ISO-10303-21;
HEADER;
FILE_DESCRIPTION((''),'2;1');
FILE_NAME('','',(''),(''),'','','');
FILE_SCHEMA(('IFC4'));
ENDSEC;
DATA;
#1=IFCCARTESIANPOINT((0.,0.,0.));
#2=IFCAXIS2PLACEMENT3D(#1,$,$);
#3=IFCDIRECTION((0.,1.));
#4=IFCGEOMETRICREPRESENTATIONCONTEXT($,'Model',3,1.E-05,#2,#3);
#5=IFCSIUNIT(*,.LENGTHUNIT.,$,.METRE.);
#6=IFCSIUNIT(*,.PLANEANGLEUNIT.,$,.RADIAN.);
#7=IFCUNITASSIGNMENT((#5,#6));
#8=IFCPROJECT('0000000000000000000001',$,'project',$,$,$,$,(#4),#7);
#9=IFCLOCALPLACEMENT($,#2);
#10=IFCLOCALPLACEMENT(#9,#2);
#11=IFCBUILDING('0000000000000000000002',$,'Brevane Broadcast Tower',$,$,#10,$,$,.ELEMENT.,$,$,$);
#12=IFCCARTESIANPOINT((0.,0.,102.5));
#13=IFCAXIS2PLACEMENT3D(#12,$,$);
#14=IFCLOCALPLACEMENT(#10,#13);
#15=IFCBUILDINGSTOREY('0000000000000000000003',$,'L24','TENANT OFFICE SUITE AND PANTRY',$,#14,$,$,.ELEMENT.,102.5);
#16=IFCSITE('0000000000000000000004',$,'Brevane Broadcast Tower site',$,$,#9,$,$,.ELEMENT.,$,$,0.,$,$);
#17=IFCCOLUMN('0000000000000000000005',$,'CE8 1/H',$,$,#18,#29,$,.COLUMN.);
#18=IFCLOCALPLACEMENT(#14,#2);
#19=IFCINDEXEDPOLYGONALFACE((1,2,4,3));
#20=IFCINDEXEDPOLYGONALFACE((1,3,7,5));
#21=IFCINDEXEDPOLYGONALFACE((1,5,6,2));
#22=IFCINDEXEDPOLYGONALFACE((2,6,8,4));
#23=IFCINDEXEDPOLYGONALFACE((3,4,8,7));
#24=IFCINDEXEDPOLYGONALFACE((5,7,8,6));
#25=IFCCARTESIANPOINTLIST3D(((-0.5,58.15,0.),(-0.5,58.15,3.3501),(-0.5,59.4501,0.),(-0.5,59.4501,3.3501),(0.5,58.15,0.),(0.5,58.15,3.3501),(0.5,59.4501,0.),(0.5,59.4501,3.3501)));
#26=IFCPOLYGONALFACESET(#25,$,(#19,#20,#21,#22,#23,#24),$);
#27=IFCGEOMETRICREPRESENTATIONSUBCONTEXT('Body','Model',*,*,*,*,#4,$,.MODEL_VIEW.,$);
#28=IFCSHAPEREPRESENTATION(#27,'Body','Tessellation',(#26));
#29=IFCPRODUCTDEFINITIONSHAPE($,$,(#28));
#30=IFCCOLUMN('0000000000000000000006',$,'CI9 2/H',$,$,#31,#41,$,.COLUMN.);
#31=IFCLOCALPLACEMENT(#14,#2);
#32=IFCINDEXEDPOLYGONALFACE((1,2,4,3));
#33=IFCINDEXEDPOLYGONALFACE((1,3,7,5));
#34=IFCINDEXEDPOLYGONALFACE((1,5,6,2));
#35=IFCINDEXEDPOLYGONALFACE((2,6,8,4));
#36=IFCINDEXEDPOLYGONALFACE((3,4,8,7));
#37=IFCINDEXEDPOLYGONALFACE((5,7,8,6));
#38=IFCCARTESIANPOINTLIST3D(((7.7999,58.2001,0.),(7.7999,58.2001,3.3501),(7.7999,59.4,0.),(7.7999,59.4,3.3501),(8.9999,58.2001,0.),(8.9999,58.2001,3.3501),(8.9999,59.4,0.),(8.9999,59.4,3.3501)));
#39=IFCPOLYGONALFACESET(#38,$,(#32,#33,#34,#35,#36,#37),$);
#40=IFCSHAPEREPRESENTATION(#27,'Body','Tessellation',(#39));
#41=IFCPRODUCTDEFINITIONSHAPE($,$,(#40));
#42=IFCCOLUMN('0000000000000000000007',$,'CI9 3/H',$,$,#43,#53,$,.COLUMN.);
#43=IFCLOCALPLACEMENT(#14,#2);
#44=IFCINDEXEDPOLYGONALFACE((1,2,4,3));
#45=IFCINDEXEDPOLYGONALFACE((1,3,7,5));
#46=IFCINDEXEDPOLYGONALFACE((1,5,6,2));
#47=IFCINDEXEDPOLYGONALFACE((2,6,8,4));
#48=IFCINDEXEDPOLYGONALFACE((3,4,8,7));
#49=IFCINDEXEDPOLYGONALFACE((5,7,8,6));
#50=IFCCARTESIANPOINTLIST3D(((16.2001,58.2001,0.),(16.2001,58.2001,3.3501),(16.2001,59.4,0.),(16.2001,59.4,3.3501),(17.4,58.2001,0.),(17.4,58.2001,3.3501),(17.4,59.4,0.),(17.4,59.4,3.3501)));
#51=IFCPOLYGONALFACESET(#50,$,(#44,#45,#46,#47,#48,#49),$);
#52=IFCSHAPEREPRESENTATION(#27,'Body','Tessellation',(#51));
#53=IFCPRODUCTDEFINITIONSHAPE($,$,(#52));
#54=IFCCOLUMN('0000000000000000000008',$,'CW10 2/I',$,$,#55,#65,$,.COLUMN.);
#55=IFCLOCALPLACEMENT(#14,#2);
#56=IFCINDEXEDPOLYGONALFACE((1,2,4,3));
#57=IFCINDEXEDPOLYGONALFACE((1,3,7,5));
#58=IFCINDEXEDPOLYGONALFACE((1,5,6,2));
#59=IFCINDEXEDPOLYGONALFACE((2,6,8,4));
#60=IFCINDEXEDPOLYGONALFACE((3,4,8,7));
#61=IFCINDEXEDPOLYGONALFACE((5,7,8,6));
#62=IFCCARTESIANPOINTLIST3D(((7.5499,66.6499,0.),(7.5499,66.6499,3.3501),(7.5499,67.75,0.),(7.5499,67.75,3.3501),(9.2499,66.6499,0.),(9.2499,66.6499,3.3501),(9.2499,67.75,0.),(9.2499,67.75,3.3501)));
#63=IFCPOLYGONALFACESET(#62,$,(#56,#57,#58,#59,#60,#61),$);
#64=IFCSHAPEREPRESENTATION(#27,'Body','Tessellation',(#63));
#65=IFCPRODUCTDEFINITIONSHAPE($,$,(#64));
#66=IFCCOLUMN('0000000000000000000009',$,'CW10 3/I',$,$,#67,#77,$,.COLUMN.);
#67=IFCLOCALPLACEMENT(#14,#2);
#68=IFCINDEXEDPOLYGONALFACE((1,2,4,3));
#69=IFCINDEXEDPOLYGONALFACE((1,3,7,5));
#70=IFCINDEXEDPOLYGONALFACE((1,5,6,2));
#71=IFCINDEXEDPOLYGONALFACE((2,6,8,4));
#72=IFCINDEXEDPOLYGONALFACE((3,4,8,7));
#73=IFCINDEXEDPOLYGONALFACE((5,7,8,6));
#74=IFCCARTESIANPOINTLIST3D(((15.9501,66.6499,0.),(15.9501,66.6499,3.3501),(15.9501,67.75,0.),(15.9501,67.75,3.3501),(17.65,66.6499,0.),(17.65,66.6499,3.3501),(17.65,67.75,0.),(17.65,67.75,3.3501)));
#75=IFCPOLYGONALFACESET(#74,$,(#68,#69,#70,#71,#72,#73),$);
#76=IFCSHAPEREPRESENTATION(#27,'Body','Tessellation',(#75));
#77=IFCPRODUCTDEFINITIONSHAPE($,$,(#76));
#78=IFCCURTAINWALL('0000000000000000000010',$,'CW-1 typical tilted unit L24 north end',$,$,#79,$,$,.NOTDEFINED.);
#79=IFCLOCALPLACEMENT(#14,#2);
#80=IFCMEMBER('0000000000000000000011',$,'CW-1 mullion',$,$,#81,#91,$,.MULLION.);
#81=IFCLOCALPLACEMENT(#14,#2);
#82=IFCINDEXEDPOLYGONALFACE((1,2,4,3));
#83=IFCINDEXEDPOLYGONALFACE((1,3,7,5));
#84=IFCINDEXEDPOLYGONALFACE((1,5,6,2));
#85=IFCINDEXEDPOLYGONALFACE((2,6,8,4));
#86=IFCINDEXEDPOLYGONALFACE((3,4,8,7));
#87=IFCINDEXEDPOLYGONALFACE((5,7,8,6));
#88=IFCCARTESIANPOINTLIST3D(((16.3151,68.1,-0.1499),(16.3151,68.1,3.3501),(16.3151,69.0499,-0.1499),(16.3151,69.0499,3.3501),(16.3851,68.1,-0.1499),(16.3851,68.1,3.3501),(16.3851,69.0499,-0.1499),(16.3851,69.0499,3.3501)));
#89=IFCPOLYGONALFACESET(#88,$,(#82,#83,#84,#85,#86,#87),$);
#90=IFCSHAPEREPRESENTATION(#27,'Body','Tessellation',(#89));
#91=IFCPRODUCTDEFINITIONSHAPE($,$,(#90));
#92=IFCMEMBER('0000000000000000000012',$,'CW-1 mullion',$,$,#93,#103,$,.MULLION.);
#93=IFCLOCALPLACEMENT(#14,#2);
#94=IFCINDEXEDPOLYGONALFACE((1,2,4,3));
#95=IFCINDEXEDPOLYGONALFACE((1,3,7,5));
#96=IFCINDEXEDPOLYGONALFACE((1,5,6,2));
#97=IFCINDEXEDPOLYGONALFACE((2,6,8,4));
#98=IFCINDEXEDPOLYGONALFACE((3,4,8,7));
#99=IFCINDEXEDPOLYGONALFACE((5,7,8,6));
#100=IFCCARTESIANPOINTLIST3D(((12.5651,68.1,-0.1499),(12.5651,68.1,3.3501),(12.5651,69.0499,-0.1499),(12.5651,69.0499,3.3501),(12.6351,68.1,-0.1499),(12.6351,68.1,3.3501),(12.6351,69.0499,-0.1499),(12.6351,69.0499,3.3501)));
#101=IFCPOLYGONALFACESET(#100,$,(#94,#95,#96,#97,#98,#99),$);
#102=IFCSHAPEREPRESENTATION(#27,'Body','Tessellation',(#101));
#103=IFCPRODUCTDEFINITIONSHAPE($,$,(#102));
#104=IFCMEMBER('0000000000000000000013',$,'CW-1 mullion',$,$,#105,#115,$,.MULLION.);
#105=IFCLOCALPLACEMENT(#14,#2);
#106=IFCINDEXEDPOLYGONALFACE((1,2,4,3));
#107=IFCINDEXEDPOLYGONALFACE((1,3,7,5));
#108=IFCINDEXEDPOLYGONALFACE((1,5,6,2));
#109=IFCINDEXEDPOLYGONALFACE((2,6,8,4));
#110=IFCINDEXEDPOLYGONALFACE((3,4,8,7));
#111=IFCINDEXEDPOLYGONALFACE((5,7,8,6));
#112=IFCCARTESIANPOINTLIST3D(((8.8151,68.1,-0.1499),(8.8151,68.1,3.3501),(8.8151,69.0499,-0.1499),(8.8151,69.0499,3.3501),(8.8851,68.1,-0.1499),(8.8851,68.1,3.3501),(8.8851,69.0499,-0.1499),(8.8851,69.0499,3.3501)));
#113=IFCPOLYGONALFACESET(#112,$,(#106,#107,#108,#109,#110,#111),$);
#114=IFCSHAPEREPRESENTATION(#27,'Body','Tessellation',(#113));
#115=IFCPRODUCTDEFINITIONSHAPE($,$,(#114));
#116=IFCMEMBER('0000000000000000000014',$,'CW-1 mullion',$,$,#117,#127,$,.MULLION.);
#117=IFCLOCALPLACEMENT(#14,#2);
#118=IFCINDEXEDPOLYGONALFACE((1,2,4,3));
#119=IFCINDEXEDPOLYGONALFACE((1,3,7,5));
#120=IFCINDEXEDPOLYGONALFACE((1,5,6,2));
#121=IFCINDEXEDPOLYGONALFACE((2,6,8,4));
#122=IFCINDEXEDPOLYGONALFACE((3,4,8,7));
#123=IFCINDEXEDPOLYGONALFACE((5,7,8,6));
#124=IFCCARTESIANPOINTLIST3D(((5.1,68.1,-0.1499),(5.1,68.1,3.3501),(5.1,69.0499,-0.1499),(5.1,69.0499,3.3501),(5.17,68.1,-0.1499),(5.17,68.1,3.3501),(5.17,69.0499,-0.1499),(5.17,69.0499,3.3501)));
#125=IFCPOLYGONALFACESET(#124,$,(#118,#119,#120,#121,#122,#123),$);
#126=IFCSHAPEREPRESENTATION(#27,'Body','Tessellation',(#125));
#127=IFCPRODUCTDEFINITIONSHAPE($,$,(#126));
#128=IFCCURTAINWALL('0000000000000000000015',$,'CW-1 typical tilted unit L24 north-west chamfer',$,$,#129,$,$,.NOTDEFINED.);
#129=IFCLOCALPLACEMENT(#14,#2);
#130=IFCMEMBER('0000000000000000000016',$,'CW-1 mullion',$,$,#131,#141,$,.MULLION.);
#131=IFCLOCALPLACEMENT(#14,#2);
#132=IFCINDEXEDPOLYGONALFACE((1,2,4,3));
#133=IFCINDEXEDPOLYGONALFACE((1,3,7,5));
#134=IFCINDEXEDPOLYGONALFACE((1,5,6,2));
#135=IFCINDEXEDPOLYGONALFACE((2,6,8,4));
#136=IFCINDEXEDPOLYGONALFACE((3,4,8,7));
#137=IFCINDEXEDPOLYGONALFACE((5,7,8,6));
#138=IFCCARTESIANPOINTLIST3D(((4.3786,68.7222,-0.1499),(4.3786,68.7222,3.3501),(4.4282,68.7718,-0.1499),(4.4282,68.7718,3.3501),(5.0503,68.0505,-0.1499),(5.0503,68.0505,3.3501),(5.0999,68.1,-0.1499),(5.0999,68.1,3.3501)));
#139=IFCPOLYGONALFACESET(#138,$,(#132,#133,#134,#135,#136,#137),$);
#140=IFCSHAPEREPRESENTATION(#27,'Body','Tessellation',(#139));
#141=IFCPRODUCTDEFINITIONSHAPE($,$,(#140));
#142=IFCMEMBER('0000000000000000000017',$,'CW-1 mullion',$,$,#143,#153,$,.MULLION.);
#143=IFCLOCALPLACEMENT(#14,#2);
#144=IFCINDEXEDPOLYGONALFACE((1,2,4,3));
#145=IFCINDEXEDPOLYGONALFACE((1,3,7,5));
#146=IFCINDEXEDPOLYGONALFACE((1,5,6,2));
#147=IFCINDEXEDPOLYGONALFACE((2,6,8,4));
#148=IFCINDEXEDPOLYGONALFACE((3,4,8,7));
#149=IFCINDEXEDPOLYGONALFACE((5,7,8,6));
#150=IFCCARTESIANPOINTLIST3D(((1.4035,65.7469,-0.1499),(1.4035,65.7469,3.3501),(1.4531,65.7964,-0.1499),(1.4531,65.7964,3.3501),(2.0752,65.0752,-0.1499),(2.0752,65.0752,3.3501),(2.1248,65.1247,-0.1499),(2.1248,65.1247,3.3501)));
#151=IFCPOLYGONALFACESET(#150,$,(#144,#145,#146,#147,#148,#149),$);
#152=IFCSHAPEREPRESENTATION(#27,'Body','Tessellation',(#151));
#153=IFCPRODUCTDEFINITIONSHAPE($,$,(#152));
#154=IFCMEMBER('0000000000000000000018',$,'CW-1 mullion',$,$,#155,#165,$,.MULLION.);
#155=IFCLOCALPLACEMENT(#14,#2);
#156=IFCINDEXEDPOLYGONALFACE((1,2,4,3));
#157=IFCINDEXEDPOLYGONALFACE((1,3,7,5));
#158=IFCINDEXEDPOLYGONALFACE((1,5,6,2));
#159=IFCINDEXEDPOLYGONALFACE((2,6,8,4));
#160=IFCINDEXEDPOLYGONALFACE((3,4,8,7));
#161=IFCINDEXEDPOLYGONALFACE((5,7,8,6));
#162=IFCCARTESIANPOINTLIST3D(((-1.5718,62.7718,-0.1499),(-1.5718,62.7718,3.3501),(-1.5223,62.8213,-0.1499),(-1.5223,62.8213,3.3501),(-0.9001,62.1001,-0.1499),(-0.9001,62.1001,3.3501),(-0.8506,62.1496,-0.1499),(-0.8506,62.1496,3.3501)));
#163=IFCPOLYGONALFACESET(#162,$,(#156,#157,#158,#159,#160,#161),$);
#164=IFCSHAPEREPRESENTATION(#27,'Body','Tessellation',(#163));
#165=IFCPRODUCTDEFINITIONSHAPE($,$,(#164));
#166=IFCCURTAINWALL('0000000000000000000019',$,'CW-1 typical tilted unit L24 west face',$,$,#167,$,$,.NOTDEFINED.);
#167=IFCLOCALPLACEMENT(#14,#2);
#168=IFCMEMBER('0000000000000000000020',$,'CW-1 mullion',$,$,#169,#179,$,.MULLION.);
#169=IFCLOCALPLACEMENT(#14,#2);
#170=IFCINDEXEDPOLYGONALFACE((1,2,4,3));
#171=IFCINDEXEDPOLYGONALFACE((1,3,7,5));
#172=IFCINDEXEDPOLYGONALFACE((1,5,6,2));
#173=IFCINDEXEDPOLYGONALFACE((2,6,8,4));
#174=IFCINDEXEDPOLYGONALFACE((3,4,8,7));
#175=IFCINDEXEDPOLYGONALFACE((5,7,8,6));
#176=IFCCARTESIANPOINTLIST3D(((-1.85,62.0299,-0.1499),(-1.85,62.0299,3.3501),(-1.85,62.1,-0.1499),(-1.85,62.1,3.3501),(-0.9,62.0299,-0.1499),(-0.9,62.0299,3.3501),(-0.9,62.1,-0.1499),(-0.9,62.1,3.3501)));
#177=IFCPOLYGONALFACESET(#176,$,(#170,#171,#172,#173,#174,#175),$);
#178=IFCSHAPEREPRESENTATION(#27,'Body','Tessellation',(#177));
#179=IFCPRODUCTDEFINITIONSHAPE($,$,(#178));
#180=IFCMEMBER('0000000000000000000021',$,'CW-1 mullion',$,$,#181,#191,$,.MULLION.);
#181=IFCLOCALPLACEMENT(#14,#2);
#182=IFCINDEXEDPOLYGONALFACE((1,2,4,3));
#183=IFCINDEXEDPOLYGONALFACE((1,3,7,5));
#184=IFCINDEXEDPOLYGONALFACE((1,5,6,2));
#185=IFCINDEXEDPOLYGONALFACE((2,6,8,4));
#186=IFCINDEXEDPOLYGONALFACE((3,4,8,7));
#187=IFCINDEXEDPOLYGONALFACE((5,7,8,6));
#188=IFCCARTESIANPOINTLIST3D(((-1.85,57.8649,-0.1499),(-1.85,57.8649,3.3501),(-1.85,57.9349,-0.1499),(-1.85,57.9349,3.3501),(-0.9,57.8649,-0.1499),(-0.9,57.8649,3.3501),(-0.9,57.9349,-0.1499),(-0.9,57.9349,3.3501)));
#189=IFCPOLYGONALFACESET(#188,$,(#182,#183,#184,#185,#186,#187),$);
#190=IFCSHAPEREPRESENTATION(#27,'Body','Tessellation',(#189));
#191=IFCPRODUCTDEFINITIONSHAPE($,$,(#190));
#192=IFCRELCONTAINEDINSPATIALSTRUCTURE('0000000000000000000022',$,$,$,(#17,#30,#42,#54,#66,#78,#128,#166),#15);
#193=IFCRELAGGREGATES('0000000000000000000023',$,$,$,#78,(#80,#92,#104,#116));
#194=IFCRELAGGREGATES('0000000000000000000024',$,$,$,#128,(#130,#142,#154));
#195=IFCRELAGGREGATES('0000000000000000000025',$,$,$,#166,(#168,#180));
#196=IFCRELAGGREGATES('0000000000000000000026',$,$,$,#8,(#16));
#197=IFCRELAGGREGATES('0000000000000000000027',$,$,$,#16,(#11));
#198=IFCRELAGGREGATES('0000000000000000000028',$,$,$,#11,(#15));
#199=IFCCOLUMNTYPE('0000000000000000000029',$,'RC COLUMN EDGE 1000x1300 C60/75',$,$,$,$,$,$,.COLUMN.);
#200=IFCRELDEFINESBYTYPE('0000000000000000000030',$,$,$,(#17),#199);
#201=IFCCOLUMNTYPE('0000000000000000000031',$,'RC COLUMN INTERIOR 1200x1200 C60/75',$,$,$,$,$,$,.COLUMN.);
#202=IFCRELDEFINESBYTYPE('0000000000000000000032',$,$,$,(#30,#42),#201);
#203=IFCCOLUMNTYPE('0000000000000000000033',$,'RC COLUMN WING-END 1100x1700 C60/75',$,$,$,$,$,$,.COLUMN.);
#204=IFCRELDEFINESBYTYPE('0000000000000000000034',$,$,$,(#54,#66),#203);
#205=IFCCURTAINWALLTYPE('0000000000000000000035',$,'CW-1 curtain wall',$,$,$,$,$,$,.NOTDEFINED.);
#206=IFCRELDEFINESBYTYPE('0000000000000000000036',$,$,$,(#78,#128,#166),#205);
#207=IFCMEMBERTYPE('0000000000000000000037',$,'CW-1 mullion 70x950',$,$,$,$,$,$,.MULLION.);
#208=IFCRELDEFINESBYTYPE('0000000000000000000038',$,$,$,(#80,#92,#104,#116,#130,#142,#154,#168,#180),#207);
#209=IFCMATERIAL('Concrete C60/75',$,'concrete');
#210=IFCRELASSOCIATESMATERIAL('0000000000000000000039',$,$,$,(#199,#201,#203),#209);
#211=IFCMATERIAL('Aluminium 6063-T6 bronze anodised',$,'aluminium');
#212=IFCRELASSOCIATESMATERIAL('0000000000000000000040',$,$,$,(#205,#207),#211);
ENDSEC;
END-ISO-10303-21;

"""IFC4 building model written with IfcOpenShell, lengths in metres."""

from ifc_helpers import new_model, si_unit, direction, frame, origin, origin_2d, place, context, subcontext, project, spatial, rectangle, extrude, material, material_profile, profile_set, type_object, element, aggregate, save


model = new_model("IFC4")

# Units and contexts
model_context = context("Model", 3, precision=1e-05, world=origin(), true_north=direction((0.0, 1.0)))
body_context = subcontext(model_context, "Body", "Model", "MODEL_VIEW")
ifc_project = project(units=[si_unit("LENGTHUNIT", "METRE"), si_unit("PLANEANGLEUNIT", "RADIAN")], contexts=[model_context])

# Site, building, storey
site_placement = place(None, origin())
site = spatial("IfcSite", under=ifc_project, at=site_placement, Name="Brevane Broadcast Tower site", CompositionType="ELEMENT", RefElevation=0.0)
building_placement = place(site_placement, origin())
building = spatial("IfcBuilding", under=site, at=building_placement, Name="Brevane Broadcast Tower", CompositionType="ELEMENT")
storey_placement = place(building_placement, frame((0.0, 0.0, 102.5)))
storey = spatial("IfcBuildingStorey", under=building, at=storey_placement, Name="L24", Description="TENANT OFFICE SUITE AND PANTRY", CompositionType="ELEMENT", Elevation=102.5)

# Columns
ifc_material_1 = material(Name="Concrete C60/75", Category="concrete")
ifc_material_profile_1 = material_profile(ifc_material_1, rectangle(XDim=1.0, YDim=1.3, at=origin_2d()), Name="RC 1000x1300")
ifc_profile_set_1 = profile_set([ifc_material_profile_1], Name="Concrete C60/75")
column_type_1 = type_object("IfcColumnType", Name="RC COLUMN EDGE 1000x1300 C60/75", PredefinedType="COLUMN", material=ifc_profile_set_1)
column_placement = place(storey_placement, frame((0.0, 58.8, 0.0), z_axis=(0.0, 0.0, 1.0), x_axis=(1.0, 0.0, 0.0)))
element("IfcColumn", 1, at=column_placement, inside=storey, type_object=column_type_1, Name="CE8 1/H", PredefinedType="COLUMN", context=body_context, shape_type="SweptSolid", body=[
    extrude(rectangle(XDim=1.0, YDim=1.3, at=origin_2d()), origin(), (0.0, 0.0, 1.0), 3.3501),
])
ifc_material_profile_2 = material_profile(ifc_material_1, rectangle(XDim=1.2, YDim=1.2, at=origin_2d()), Name="RC 1200x1200")
ifc_profile_set_2 = profile_set([ifc_material_profile_2], Name="Concrete C60/75")
column_type_2 = type_object("IfcColumnType", Name="RC COLUMN INTERIOR 1200x1200 C60/75", PredefinedType="COLUMN", material=ifc_profile_set_2)
for number, where, z_axis, x_axis, name in (
    (2, (8.3999, 58.8, 0.0), (0.0, 0.0, 1.0), (1.0, 0.0, 0.0), "CI9 2/H"),
    (3, (16.8, 58.8, 0.0), (0.0, 0.0, 1.0), (1.0, 0.0, 0.0), "CI9 3/H"),
):
    element("IfcColumn", number, at=place(storey_placement, frame(where, z_axis=z_axis, x_axis=x_axis)), inside=storey, type_object=column_type_2, Name=name, PredefinedType="COLUMN", context=body_context, shape_type="SweptSolid", body=[
        extrude(rectangle(XDim=1.2, YDim=1.2, at=origin_2d()), origin(), (0.0, 0.0, 1.0), 3.3501),
    ])
ifc_material_profile_3 = material_profile(ifc_material_1, rectangle(XDim=1.1001, YDim=1.7, at=origin_2d()), Name="RC 1100x1700")
ifc_profile_set_3 = profile_set([ifc_material_profile_3], Name="Concrete C60/75")
column_type_3 = type_object("IfcColumnType", Name="RC COLUMN WING-END 1100x1700 C60/75", PredefinedType="COLUMN", material=ifc_profile_set_3)
for number, where, z_axis, x_axis, name in (
    (4, (8.3999, 67.2, 0.0), (0.0, 0.0, 1.0), (0.0, 1.0, 0.0), "CW10 2/I"),
    (5, (16.8, 67.2, 0.0), (0.0, 0.0, 1.0), (0.0, 1.0, 0.0), "CW10 3/I"),
):
    element("IfcColumn", number, at=place(storey_placement, frame(where, z_axis=z_axis, x_axis=x_axis)), inside=storey, type_object=column_type_3, Name=name, PredefinedType="COLUMN", context=body_context, shape_type="SweptSolid", body=[
        extrude(rectangle(XDim=1.1001, YDim=1.7, at=origin_2d()), origin(), (0.0, 0.0, 1.0), 3.3501),
    ])

# Curtain walls, members
ifc_material_2 = material(Name="Aluminium 6063-T6 bronze anodised", Category="aluminium")
curtain_wall_type = type_object("IfcCurtainWallType", Name="CW-1 curtain wall", PredefinedType="NOTDEFINED", material=ifc_material_2)
curtain_wall_1_placement = place(storey_placement, origin())
curtain_wall_1 = element("IfcCurtainWall", 6, at=curtain_wall_1_placement, inside=storey, type_object=curtain_wall_type, Name="CW-1 typical tilted unit L24 north end", PredefinedType="NOTDEFINED")
ifc_material_profile_4 = material_profile(ifc_material_2, rectangle(XDim=0.95, YDim=0.0701, at=origin_2d()), Name="RECT 70x950")
ifc_profile_set_4 = profile_set([ifc_material_profile_4], Name="Aluminium 6063-T6 bronze anodised")
member_type_1 = type_object("IfcMemberType", Name="CW-1 mullion 70x950", PredefinedType="MULLION", material=ifc_profile_set_4)
member_1_placement = place(storey_placement, frame((16.3501, 68.575, -0.1499), z_axis=(0.0, 0.0, 1.0), x_axis=(0.0, -1.0, 0.0)))
member_1 = element("IfcMember", 7, at=member_1_placement, type_object=member_type_1, Name="CW-1 mullion", PredefinedType="MULLION", context=body_context, shape_type="SweptSolid", body=[
    extrude(rectangle(XDim=0.95, YDim=0.0701, at=origin_2d()), origin(), (0.0, 0.0, 1.0), 3.5),
])
member_2_placement = place(storey_placement, frame((12.6001, 68.575, -0.1499), z_axis=(0.0, 0.0, 1.0), x_axis=(0.0, -1.0, 0.0)))
member_2 = element("IfcMember", 8, at=member_2_placement, type_object=member_type_1, Name="CW-1 mullion", PredefinedType="MULLION", context=body_context, shape_type="SweptSolid", body=[
    extrude(rectangle(XDim=0.95, YDim=0.0701, at=origin_2d()), origin(), (0.0, 0.0, 1.0), 3.5),
])
member_3_placement = place(storey_placement, frame((8.8501, 68.575, -0.1499), z_axis=(0.0, 0.0, 1.0), x_axis=(0.0, -1.0, 0.0)))
member_3 = element("IfcMember", 9, at=member_3_placement, type_object=member_type_1, Name="CW-1 mullion", PredefinedType="MULLION", context=body_context, shape_type="SweptSolid", body=[
    extrude(rectangle(XDim=0.95, YDim=0.0701, at=origin_2d()), origin(), (0.0, 0.0, 1.0), 3.5),
])
member_4_placement = place(storey_placement, frame((5.135, 68.575, -0.1499), z_axis=(0.0, 0.0, 1.0), x_axis=(0.0, -1.0, 0.0)))
member_4 = element("IfcMember", 10, at=member_4_placement, type_object=member_type_1, Name="CW-1 mullion", PredefinedType="MULLION", context=body_context, shape_type="SweptSolid", body=[
    extrude(rectangle(XDim=0.95, YDim=0.0701, at=origin_2d()), origin(), (0.0, 0.0, 1.0), 3.5),
])
aggregate(curtain_wall_1, [member_1, member_2, member_3, member_4])
curtain_wall_2_placement = place(storey_placement, origin())
curtain_wall_2 = element("IfcCurtainWall", 11, at=curtain_wall_2_placement, inside=storey, type_object=curtain_wall_type, Name="CW-1 typical tilted unit L24 north-west chamfer", PredefinedType="NOTDEFINED")
member_5_placement = place(storey_placement, frame((4.7393, 68.4111, -0.1499), z_axis=(0.0, 0.0, 1.0), x_axis=(0.707107, -0.707107, 0.0)))
member_5 = element("IfcMember", 12, at=member_5_placement, type_object=member_type_1, Name="CW-1 mullion", PredefinedType="MULLION", context=body_context, shape_type="SweptSolid", body=[
    extrude(rectangle(XDim=0.95, YDim=0.0701, at=origin_2d()), origin(), (0.0, 0.0, 1.0), 3.5),
])
member_6_placement = place(storey_placement, frame((1.7642, 65.4358, -0.1499), z_axis=(0.0, 0.0, 1.0), x_axis=(0.707107, -0.707107, 0.0)))
member_6 = element("IfcMember", 13, at=member_6_placement, type_object=member_type_1, Name="CW-1 mullion", PredefinedType="MULLION", context=body_context, shape_type="SweptSolid", body=[
    extrude(rectangle(XDim=0.95, YDim=0.0701, at=origin_2d()), origin(), (0.0, 0.0, 1.0), 3.5),
])
member_7_placement = place(storey_placement, frame((-1.2112, 62.4607, -0.1499), z_axis=(0.0, 0.0, 1.0), x_axis=(0.707107, -0.707107, 0.0)))
member_7 = element("IfcMember", 14, at=member_7_placement, type_object=member_type_1, Name="CW-1 mullion", PredefinedType="MULLION", context=body_context, shape_type="SweptSolid", body=[
    extrude(rectangle(XDim=0.95, YDim=0.0701, at=origin_2d()), origin(), (0.0, 0.0, 1.0), 3.5),
])
curtain_wall_3_placement = place(storey_placement, origin())
curtain_wall_3 = element("IfcCurtainWall", 15, at=curtain_wall_3_placement, inside=storey, type_object=curtain_wall_type, Name="CW-1 typical tilted unit L24 west face", PredefinedType="NOTDEFINED")
member_8_placement = place(storey_placement, frame((-1.375, 62.0649, -0.1499), z_axis=(0.0, 0.0, 1.0), x_axis=(1.0, 0.0, 0.0)))
member_8 = element("IfcMember", 16, at=member_8_placement, type_object=member_type_1, Name="CW-1 mullion", PredefinedType="MULLION", context=body_context, shape_type="SweptSolid", body=[
    extrude(rectangle(XDim=0.95, YDim=0.0701, at=origin_2d()), origin(), (0.0, 0.0, 1.0), 3.5),
])
member_9_placement = place(storey_placement, frame((-1.375, 57.8999, -0.1499), z_axis=(0.0, 0.0, 1.0), x_axis=(1.0, 0.0, 0.0)))
member_9 = element("IfcMember", 17, at=member_9_placement, type_object=member_type_1, Name="CW-1 mullion", PredefinedType="MULLION", context=body_context, shape_type="SweptSolid", body=[
    extrude(rectangle(XDim=0.95, YDim=0.0701, at=origin_2d()), origin(), (0.0, 0.0, 1.0), 3.5),
])

aggregate(curtain_wall_2, [member_5, member_6, member_7])
aggregate(curtain_wall_3, [member_8, member_9])

save(model, "model.ifc")
